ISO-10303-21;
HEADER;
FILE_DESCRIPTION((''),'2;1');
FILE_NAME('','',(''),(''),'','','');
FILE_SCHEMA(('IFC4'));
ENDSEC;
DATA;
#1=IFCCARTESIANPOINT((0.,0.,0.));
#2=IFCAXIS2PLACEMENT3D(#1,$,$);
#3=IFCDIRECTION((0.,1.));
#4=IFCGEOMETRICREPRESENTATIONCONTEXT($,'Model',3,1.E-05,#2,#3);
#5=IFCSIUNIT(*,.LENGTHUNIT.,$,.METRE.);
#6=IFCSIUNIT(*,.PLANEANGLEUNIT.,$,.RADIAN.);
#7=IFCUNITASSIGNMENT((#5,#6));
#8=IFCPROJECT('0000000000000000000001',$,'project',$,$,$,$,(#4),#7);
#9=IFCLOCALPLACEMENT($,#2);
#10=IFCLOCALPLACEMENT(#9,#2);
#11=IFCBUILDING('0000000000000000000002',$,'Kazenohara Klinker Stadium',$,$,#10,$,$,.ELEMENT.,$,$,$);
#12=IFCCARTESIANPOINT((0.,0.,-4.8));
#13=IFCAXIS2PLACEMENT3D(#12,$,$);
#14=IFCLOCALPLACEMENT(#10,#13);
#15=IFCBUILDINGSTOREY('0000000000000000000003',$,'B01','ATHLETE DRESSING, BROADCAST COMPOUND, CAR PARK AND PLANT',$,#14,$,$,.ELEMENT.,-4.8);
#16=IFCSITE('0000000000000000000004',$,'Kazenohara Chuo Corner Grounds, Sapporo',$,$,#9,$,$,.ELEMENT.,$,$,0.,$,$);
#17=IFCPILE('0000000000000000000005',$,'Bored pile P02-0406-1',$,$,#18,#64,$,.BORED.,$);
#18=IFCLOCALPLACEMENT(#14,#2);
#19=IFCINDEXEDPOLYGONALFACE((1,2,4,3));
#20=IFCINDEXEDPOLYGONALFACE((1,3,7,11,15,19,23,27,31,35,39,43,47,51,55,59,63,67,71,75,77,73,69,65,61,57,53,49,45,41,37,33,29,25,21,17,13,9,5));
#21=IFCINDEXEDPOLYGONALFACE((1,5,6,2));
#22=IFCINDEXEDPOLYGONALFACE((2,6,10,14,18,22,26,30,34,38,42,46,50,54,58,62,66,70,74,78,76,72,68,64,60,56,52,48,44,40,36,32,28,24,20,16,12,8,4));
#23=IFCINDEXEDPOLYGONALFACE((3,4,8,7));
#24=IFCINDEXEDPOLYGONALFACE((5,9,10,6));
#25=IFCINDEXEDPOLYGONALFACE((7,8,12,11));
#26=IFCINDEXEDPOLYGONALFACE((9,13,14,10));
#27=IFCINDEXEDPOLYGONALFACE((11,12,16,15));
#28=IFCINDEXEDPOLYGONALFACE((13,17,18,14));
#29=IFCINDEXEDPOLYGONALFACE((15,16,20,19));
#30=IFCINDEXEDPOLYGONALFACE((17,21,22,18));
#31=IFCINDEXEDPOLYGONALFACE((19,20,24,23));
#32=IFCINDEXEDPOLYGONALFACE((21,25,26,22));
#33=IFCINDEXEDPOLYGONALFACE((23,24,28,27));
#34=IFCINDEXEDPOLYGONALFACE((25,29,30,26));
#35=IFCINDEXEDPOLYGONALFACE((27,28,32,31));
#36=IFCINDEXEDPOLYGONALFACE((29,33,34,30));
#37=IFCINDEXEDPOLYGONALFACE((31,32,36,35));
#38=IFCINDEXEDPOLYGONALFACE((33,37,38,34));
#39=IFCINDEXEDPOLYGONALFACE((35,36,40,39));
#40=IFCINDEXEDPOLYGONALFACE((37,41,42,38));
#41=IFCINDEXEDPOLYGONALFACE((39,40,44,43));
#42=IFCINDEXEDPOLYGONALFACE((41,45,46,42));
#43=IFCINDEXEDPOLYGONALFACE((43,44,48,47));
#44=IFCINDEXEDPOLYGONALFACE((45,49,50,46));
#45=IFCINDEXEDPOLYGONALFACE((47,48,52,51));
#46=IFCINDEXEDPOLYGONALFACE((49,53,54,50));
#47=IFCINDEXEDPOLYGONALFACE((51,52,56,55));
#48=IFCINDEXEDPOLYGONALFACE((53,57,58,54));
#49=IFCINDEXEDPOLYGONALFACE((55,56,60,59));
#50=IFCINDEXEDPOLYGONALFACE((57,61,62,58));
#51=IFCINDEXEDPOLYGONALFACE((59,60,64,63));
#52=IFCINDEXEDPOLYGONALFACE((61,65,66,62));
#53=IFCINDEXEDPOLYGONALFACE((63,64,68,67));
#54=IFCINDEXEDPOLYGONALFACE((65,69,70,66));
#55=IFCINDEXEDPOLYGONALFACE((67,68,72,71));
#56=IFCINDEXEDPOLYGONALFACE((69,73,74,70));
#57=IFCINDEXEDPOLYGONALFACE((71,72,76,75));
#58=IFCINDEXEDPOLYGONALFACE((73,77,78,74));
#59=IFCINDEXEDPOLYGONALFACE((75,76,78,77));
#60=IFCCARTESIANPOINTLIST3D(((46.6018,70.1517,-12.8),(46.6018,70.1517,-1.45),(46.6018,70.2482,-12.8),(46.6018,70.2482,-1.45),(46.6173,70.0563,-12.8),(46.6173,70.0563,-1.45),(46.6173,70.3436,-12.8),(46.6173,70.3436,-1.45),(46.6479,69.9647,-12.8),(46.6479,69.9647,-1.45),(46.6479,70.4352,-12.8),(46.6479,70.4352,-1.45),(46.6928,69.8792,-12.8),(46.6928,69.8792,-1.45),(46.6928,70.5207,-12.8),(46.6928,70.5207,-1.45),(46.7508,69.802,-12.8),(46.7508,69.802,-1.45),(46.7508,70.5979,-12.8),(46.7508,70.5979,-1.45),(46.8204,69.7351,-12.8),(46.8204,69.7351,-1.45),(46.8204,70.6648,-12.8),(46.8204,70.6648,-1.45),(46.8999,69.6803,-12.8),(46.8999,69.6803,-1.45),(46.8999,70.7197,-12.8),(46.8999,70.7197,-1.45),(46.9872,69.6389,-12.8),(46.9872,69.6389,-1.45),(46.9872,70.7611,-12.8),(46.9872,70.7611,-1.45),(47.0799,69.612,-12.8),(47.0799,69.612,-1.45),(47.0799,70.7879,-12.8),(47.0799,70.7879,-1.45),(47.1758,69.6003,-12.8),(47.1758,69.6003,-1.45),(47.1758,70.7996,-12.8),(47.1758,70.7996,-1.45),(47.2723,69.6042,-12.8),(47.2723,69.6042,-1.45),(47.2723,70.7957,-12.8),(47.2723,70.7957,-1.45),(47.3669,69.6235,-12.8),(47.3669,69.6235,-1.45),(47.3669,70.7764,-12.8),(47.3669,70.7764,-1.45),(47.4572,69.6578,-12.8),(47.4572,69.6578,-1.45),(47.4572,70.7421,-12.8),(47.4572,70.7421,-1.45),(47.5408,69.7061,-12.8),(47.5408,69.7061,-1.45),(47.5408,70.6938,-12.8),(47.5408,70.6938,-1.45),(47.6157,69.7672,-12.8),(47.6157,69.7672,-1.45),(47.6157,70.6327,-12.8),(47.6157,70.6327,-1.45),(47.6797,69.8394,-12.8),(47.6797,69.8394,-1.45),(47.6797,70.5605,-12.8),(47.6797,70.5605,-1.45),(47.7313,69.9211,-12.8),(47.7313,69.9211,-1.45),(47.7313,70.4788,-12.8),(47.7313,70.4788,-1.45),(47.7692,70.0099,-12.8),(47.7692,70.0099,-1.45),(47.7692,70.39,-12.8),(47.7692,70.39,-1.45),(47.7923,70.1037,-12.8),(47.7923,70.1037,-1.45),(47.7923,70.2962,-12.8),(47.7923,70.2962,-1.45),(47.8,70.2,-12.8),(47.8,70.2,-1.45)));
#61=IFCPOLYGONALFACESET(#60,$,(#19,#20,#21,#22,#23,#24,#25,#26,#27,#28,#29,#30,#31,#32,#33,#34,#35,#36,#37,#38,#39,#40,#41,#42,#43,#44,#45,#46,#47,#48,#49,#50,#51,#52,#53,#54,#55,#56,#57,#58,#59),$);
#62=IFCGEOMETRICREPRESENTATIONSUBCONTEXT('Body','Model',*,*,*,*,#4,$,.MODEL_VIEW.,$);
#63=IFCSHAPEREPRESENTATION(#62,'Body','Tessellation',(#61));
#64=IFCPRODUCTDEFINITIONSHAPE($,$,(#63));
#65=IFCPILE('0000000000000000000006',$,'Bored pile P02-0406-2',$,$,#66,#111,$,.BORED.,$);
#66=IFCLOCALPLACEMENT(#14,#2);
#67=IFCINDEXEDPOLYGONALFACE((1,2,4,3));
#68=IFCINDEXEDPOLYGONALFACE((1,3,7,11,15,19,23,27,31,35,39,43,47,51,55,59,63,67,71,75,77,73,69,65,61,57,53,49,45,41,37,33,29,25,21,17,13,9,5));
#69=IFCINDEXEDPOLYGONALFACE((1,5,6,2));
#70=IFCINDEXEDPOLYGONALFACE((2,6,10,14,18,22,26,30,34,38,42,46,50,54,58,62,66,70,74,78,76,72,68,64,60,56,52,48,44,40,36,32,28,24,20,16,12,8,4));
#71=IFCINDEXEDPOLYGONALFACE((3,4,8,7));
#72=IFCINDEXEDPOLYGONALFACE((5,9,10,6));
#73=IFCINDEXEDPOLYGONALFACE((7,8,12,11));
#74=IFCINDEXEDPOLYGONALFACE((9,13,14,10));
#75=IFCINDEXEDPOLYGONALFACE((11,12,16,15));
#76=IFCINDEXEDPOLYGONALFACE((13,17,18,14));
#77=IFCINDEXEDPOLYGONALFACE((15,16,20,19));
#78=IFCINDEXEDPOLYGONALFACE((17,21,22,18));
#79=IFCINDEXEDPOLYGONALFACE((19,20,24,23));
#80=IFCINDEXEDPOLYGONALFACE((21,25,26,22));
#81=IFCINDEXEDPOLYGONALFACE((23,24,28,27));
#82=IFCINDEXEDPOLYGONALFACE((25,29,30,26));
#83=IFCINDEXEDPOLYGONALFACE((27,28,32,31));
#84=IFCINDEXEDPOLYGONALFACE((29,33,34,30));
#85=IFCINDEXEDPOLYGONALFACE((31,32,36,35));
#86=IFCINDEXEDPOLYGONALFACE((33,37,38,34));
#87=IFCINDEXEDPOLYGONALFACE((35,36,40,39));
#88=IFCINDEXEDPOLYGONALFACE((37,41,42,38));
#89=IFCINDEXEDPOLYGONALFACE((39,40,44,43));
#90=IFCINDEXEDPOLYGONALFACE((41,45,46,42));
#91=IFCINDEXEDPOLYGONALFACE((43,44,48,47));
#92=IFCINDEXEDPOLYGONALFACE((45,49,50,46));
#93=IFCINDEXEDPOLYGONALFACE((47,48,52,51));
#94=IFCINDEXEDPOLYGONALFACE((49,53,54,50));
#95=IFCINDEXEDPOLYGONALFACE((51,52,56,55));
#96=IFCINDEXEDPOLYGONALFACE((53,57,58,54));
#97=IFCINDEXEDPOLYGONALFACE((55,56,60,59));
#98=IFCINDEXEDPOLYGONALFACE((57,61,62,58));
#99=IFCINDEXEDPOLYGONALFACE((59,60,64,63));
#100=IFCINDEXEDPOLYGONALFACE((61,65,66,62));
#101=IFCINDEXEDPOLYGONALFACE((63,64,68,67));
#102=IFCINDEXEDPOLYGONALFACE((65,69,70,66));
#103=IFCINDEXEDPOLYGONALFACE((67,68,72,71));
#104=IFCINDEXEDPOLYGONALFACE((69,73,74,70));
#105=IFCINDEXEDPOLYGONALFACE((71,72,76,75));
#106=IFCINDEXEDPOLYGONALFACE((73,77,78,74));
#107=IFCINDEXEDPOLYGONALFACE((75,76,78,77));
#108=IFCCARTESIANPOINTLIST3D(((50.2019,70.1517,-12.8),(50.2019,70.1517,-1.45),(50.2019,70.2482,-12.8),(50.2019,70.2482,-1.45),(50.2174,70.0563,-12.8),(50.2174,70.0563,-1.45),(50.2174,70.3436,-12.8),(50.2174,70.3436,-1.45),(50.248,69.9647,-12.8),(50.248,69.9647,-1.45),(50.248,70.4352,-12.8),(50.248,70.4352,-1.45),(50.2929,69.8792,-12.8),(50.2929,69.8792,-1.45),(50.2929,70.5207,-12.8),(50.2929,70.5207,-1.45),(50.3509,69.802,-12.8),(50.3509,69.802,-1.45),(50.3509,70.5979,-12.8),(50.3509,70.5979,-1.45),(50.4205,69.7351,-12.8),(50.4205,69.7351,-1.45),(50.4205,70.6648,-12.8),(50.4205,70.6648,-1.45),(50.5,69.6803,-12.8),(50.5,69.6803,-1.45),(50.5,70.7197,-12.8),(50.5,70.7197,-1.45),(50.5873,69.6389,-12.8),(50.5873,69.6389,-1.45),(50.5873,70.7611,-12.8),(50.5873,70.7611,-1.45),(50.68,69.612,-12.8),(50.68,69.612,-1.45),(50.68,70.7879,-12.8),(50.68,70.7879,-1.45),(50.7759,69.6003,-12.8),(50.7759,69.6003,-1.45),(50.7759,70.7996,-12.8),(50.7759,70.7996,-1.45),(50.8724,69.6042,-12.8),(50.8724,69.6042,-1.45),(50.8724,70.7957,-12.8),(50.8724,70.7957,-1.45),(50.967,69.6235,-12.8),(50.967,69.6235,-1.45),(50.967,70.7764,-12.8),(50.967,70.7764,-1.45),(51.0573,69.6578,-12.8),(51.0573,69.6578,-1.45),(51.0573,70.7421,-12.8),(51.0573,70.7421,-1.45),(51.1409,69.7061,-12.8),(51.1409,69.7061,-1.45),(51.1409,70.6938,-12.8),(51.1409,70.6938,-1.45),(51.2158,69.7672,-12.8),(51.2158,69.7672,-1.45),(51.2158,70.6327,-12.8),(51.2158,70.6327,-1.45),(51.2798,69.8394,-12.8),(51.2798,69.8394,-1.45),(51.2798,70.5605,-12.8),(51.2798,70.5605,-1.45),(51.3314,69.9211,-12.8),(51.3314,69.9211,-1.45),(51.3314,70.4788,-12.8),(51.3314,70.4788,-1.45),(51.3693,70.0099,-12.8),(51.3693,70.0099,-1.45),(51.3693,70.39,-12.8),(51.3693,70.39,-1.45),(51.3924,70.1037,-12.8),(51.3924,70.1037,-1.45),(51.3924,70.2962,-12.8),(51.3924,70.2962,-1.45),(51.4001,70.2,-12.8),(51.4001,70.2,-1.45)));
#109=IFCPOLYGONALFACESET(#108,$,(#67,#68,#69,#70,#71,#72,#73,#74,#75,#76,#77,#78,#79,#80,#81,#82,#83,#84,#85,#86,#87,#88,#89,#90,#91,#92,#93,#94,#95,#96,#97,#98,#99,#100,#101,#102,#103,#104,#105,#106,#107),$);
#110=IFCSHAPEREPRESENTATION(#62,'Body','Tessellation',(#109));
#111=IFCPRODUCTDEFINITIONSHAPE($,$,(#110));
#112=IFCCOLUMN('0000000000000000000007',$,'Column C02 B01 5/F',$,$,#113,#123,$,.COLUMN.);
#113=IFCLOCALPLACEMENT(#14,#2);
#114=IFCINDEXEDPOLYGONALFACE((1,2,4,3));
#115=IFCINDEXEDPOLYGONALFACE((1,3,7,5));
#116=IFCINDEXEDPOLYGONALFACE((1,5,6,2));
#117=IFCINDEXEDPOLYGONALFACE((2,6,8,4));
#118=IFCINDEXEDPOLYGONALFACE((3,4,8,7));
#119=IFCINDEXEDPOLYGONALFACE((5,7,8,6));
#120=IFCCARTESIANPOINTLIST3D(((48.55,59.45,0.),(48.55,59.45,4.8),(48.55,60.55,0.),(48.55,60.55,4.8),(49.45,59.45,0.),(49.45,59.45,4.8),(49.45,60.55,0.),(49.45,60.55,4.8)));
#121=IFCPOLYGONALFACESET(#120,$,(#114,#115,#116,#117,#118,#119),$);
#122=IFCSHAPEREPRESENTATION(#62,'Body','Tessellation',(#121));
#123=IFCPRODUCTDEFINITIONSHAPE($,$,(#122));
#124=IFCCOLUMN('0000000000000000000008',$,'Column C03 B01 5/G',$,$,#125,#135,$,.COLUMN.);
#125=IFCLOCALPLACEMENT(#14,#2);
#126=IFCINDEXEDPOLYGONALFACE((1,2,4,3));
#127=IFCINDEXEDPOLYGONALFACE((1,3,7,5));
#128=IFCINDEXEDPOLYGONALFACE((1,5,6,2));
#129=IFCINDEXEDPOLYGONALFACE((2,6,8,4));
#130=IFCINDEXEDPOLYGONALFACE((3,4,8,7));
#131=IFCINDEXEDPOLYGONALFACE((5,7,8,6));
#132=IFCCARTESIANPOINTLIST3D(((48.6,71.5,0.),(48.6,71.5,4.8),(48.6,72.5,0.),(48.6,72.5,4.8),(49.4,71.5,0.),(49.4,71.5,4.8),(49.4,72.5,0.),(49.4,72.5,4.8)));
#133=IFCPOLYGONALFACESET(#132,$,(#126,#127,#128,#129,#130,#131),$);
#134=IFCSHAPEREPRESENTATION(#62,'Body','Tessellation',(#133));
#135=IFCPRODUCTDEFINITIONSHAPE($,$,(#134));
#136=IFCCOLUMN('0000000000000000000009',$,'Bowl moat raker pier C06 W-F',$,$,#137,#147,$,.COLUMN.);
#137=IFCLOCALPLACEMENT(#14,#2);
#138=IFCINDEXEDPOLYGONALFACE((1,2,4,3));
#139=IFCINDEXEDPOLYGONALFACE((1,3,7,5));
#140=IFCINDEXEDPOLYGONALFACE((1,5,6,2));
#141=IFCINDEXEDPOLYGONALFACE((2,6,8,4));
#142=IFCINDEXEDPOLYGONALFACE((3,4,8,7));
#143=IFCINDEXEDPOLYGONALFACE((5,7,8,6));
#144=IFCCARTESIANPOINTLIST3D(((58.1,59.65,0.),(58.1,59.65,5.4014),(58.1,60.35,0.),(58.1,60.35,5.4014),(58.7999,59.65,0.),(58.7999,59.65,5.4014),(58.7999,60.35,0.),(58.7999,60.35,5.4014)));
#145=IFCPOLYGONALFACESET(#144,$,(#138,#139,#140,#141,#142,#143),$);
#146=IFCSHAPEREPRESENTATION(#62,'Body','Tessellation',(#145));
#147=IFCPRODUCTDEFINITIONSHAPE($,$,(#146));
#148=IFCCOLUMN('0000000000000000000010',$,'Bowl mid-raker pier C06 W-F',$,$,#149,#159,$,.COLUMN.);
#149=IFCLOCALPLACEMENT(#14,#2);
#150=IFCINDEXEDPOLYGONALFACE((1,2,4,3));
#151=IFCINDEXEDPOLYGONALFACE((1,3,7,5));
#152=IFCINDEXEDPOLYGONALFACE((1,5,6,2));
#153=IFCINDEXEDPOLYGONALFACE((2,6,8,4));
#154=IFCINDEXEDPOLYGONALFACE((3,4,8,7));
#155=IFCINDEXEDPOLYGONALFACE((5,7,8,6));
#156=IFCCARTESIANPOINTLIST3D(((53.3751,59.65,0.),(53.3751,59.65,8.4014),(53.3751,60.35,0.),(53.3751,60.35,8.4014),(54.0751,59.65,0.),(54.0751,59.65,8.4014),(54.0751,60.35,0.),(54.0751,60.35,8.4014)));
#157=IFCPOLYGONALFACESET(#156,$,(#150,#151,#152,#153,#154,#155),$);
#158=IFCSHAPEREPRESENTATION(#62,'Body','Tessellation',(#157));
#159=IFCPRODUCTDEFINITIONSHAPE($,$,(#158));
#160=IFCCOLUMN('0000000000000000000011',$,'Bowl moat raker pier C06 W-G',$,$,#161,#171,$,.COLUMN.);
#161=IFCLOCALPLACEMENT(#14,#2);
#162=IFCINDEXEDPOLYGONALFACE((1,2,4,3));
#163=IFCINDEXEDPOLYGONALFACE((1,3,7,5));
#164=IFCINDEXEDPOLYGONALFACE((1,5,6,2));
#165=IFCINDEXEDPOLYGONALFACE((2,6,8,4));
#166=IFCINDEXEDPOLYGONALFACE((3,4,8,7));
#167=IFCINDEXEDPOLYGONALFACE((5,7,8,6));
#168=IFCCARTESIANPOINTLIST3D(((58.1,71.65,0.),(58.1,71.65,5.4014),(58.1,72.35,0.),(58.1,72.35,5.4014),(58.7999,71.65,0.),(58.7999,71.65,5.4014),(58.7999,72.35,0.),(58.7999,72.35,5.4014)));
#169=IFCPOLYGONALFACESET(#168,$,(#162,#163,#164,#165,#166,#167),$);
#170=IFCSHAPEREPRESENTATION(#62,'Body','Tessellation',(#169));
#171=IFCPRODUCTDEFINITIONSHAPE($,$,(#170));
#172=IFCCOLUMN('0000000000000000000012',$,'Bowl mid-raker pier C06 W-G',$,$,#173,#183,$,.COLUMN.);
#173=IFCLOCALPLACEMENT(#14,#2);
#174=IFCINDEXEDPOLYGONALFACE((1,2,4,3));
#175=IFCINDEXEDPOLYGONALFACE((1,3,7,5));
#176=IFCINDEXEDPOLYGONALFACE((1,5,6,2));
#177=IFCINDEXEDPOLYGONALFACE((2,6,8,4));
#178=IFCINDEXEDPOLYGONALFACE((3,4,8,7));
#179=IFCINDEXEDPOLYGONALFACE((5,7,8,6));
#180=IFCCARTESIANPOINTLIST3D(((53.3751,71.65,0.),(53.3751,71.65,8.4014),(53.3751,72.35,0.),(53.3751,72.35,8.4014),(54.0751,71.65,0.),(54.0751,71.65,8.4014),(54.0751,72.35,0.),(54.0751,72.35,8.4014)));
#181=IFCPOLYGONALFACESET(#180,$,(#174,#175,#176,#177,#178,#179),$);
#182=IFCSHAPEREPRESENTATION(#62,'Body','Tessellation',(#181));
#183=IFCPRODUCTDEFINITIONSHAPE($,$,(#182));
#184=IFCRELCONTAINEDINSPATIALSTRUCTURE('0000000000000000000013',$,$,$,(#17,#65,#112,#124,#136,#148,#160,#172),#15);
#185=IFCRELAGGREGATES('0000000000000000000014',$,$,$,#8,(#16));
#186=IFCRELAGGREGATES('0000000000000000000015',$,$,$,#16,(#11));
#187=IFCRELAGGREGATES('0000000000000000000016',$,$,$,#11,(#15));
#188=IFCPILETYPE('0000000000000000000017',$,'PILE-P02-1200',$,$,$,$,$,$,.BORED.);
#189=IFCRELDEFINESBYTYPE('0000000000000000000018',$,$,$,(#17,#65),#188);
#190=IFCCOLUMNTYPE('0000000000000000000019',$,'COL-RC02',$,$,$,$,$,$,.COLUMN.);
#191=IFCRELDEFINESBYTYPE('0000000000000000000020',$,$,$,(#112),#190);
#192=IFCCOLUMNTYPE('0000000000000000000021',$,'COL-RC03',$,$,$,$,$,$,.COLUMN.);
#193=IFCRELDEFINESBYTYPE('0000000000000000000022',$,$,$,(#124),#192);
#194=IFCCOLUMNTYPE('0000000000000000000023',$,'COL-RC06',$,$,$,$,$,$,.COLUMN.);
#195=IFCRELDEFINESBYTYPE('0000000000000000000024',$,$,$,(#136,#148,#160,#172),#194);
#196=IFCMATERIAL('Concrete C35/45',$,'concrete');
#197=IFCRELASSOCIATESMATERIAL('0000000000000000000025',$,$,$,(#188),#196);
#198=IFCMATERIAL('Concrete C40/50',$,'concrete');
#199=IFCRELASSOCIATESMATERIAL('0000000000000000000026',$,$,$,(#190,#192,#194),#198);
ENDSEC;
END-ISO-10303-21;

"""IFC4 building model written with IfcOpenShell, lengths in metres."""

from ifc_helpers import new_model, si_unit, direction, frame, origin, origin_2d, place, context, subcontext, project, spatial, rectangle, circle, extrude, material, material_profile, profile_set, type_object, element, save


model = new_model("IFC4")

# Units and contexts
model_context = context("Model", 3, precision=1e-05, world=origin(), true_north=direction((0.0, 1.0)))
body_context = subcontext(model_context, "Body", "Model", "MODEL_VIEW")
ifc_project = project(units=[si_unit("LENGTHUNIT", "METRE"), si_unit("PLANEANGLEUNIT", "RADIAN")], contexts=[model_context])

# Site, building, storey
site_placement = place(None, origin())
site = spatial("IfcSite", under=ifc_project, at=site_placement, Name="Kazenohara Chuo Corner Grounds, Sapporo", CompositionType="ELEMENT", RefElevation=0.0)
building_placement = place(site_placement, origin())
building = spatial("IfcBuilding", under=site, at=building_placement, Name="Kazenohara Klinker Stadium", CompositionType="ELEMENT")
storey_placement = place(building_placement, frame((0.0, 0.0, -4.8)))
storey = spatial("IfcBuildingStorey", under=building, at=storey_placement, Name="B01", Description="ATHLETE DRESSING, BROADCAST COMPOUND, CAR PARK AND PLANT", CompositionType="ELEMENT", Elevation=-4.8)

# Shared definitions
ifc_material_1 = material(Name="Concrete C35/45", Category="concrete")

# Piles
ifc_material_profile_1 = material_profile(ifc_material_1, circle(Radius=0.6001, at=origin_2d()), Name="BORED-PILE-1200")
ifc_profile_set_1 = profile_set([ifc_material_profile_1], Name="Concrete C35/45")
pile_type_1 = type_object("IfcPileType", Name="PILE-P02-1200", PredefinedType="BORED", material=ifc_profile_set_1)
for number, where, z_axis, x_axis, name in (
    (1, (47.2, 70.2, -1.45), (0.0, 0.0, -1.0), (1.0, 0.0, 0.0), "Bored pile P02-0406-1"),
    (2, (50.8, 70.2, -1.45), (0.0, 0.0, -1.0), (1.0, 0.0, 0.0), "Bored pile P02-0406-2"),
):
    element("IfcPile", number, at=place(storey_placement, frame(where, z_axis=z_axis, x_axis=x_axis)), inside=storey, type_object=pile_type_1, Name=name, PredefinedType="BORED", context=body_context, shape_type="SweptSolid", body=[
        extrude(circle(Radius=0.6001, at=origin_2d()), origin(), (0.0, 0.0, 1.0), 11.3501),
    ])

# Columns
ifc_material_2 = material(Name="Concrete C40/50", Category="concrete")
ifc_material_profile_2 = material_profile(ifc_material_2, rectangle(XDim=0.8999, YDim=1.1001, at=origin_2d()), Name="RC-COL-1100x900")
ifc_profile_set_2 = profile_set([ifc_material_profile_2], Name="Concrete C40/50")
column_type_1 = type_object("IfcColumnType", Name="COL-RC02", PredefinedType="COLUMN", material=ifc_profile_set_2)
column_1_placement = place(storey_placement, frame((49.0, 60.0, 0.0), z_axis=(0.0, 0.0, 1.0), x_axis=(1.0, 0.0, 0.0)))
element("IfcColumn", 3, at=column_1_placement, inside=storey, type_object=column_type_1, Name="Column C02 B01 5/F", PredefinedType="COLUMN", context=body_context, shape_type="SweptSolid", body=[
    extrude(rectangle(XDim=0.8999, YDim=1.1001, at=origin_2d()), origin(), (0.0, 0.0, 1.0), 4.8),
])
ifc_material_profile_3 = material_profile(ifc_material_2, rectangle(XDim=0.8, YDim=1.0, at=origin_2d()), Name="RC-COL-1000x800")
ifc_profile_set_3 = profile_set([ifc_material_profile_3], Name="Concrete C40/50")
column_type_2 = type_object("IfcColumnType", Name="COL-RC03", PredefinedType="COLUMN", material=ifc_profile_set_3)
column_2_placement = place(storey_placement, frame((49.0, 72.0, 0.0), z_axis=(0.0, 0.0, 1.0), x_axis=(1.0, 0.0, 0.0)))
element("IfcColumn", 4, at=column_2_placement, inside=storey, type_object=column_type_2, Name="Column C03 B01 5/G", PredefinedType="COLUMN", context=body_context, shape_type="SweptSolid", body=[
    extrude(rectangle(XDim=0.8, YDim=1.0, at=origin_2d()), origin(), (0.0, 0.0, 1.0), 4.8),
])
ifc_material_profile_4 = material_profile(ifc_material_2, rectangle(XDim=0.7, YDim=0.7, at=origin_2d()), Name="RC-COL-700x700")
ifc_profile_set_4 = profile_set([ifc_material_profile_4], Name="Concrete C40/50")
column_type_3 = type_object("IfcColumnType", Name="COL-RC06", PredefinedType="COLUMN", material=ifc_profile_set_4)
column_3_placement = place(storey_placement, frame((58.45, 60.0, 0.0), z_axis=(0.0, 0.0, 1.0), x_axis=(1.0, 0.0, 0.0)))
element("IfcColumn", 5, at=column_3_placement, inside=storey, type_object=column_type_3, Name="Bowl moat raker pier C06 W-F", PredefinedType="COLUMN", context=body_context, shape_type="SweptSolid", body=[
    extrude(rectangle(XDim=0.7, YDim=0.7, at=origin_2d()), origin(), (0.0, 0.0, 1.0), 5.4014),
])
column_4_placement = place(storey_placement, frame((53.7251, 60.0, 0.0), z_axis=(0.0, 0.0, 1.0), x_axis=(1.0, 0.0, 0.0)))
element("IfcColumn", 6, at=column_4_placement, inside=storey, type_object=column_type_3, Name="Bowl mid-raker pier C06 W-F", PredefinedType="COLUMN", context=body_context, shape_type="SweptSolid", body=[
    extrude(rectangle(XDim=0.7, YDim=0.7, at=origin_2d()), origin(), (0.0, 0.0, 1.0), 8.4014),
])
column_5_placement = place(storey_placement, frame((58.45, 72.0, 0.0), z_axis=(0.0, 0.0, 1.0), x_axis=(1.0, 0.0, 0.0)))
element("IfcColumn", 7, at=column_5_placement, inside=storey, type_object=column_type_3, Name="Bowl moat raker pier C06 W-G", PredefinedType="COLUMN", context=body_context, shape_type="SweptSolid", body=[
    extrude(rectangle(XDim=0.7, YDim=0.7, at=origin_2d()), origin(), (0.0, 0.0, 1.0), 5.4014),
])
column_6_placement = place(storey_placement, frame((53.7251, 72.0, 0.0), z_axis=(0.0, 0.0, 1.0), x_axis=(1.0, 0.0, 0.0)))
element("IfcColumn", 8, at=column_6_placement, inside=storey, type_object=column_type_3, Name="Bowl mid-raker pier C06 W-G", PredefinedType="COLUMN", context=body_context, shape_type="SweptSolid", body=[
    extrude(rectangle(XDim=0.7, YDim=0.7, at=origin_2d()), origin(), (0.0, 0.0, 1.0), 8.4014),
])

save(model, "model.ifc")
